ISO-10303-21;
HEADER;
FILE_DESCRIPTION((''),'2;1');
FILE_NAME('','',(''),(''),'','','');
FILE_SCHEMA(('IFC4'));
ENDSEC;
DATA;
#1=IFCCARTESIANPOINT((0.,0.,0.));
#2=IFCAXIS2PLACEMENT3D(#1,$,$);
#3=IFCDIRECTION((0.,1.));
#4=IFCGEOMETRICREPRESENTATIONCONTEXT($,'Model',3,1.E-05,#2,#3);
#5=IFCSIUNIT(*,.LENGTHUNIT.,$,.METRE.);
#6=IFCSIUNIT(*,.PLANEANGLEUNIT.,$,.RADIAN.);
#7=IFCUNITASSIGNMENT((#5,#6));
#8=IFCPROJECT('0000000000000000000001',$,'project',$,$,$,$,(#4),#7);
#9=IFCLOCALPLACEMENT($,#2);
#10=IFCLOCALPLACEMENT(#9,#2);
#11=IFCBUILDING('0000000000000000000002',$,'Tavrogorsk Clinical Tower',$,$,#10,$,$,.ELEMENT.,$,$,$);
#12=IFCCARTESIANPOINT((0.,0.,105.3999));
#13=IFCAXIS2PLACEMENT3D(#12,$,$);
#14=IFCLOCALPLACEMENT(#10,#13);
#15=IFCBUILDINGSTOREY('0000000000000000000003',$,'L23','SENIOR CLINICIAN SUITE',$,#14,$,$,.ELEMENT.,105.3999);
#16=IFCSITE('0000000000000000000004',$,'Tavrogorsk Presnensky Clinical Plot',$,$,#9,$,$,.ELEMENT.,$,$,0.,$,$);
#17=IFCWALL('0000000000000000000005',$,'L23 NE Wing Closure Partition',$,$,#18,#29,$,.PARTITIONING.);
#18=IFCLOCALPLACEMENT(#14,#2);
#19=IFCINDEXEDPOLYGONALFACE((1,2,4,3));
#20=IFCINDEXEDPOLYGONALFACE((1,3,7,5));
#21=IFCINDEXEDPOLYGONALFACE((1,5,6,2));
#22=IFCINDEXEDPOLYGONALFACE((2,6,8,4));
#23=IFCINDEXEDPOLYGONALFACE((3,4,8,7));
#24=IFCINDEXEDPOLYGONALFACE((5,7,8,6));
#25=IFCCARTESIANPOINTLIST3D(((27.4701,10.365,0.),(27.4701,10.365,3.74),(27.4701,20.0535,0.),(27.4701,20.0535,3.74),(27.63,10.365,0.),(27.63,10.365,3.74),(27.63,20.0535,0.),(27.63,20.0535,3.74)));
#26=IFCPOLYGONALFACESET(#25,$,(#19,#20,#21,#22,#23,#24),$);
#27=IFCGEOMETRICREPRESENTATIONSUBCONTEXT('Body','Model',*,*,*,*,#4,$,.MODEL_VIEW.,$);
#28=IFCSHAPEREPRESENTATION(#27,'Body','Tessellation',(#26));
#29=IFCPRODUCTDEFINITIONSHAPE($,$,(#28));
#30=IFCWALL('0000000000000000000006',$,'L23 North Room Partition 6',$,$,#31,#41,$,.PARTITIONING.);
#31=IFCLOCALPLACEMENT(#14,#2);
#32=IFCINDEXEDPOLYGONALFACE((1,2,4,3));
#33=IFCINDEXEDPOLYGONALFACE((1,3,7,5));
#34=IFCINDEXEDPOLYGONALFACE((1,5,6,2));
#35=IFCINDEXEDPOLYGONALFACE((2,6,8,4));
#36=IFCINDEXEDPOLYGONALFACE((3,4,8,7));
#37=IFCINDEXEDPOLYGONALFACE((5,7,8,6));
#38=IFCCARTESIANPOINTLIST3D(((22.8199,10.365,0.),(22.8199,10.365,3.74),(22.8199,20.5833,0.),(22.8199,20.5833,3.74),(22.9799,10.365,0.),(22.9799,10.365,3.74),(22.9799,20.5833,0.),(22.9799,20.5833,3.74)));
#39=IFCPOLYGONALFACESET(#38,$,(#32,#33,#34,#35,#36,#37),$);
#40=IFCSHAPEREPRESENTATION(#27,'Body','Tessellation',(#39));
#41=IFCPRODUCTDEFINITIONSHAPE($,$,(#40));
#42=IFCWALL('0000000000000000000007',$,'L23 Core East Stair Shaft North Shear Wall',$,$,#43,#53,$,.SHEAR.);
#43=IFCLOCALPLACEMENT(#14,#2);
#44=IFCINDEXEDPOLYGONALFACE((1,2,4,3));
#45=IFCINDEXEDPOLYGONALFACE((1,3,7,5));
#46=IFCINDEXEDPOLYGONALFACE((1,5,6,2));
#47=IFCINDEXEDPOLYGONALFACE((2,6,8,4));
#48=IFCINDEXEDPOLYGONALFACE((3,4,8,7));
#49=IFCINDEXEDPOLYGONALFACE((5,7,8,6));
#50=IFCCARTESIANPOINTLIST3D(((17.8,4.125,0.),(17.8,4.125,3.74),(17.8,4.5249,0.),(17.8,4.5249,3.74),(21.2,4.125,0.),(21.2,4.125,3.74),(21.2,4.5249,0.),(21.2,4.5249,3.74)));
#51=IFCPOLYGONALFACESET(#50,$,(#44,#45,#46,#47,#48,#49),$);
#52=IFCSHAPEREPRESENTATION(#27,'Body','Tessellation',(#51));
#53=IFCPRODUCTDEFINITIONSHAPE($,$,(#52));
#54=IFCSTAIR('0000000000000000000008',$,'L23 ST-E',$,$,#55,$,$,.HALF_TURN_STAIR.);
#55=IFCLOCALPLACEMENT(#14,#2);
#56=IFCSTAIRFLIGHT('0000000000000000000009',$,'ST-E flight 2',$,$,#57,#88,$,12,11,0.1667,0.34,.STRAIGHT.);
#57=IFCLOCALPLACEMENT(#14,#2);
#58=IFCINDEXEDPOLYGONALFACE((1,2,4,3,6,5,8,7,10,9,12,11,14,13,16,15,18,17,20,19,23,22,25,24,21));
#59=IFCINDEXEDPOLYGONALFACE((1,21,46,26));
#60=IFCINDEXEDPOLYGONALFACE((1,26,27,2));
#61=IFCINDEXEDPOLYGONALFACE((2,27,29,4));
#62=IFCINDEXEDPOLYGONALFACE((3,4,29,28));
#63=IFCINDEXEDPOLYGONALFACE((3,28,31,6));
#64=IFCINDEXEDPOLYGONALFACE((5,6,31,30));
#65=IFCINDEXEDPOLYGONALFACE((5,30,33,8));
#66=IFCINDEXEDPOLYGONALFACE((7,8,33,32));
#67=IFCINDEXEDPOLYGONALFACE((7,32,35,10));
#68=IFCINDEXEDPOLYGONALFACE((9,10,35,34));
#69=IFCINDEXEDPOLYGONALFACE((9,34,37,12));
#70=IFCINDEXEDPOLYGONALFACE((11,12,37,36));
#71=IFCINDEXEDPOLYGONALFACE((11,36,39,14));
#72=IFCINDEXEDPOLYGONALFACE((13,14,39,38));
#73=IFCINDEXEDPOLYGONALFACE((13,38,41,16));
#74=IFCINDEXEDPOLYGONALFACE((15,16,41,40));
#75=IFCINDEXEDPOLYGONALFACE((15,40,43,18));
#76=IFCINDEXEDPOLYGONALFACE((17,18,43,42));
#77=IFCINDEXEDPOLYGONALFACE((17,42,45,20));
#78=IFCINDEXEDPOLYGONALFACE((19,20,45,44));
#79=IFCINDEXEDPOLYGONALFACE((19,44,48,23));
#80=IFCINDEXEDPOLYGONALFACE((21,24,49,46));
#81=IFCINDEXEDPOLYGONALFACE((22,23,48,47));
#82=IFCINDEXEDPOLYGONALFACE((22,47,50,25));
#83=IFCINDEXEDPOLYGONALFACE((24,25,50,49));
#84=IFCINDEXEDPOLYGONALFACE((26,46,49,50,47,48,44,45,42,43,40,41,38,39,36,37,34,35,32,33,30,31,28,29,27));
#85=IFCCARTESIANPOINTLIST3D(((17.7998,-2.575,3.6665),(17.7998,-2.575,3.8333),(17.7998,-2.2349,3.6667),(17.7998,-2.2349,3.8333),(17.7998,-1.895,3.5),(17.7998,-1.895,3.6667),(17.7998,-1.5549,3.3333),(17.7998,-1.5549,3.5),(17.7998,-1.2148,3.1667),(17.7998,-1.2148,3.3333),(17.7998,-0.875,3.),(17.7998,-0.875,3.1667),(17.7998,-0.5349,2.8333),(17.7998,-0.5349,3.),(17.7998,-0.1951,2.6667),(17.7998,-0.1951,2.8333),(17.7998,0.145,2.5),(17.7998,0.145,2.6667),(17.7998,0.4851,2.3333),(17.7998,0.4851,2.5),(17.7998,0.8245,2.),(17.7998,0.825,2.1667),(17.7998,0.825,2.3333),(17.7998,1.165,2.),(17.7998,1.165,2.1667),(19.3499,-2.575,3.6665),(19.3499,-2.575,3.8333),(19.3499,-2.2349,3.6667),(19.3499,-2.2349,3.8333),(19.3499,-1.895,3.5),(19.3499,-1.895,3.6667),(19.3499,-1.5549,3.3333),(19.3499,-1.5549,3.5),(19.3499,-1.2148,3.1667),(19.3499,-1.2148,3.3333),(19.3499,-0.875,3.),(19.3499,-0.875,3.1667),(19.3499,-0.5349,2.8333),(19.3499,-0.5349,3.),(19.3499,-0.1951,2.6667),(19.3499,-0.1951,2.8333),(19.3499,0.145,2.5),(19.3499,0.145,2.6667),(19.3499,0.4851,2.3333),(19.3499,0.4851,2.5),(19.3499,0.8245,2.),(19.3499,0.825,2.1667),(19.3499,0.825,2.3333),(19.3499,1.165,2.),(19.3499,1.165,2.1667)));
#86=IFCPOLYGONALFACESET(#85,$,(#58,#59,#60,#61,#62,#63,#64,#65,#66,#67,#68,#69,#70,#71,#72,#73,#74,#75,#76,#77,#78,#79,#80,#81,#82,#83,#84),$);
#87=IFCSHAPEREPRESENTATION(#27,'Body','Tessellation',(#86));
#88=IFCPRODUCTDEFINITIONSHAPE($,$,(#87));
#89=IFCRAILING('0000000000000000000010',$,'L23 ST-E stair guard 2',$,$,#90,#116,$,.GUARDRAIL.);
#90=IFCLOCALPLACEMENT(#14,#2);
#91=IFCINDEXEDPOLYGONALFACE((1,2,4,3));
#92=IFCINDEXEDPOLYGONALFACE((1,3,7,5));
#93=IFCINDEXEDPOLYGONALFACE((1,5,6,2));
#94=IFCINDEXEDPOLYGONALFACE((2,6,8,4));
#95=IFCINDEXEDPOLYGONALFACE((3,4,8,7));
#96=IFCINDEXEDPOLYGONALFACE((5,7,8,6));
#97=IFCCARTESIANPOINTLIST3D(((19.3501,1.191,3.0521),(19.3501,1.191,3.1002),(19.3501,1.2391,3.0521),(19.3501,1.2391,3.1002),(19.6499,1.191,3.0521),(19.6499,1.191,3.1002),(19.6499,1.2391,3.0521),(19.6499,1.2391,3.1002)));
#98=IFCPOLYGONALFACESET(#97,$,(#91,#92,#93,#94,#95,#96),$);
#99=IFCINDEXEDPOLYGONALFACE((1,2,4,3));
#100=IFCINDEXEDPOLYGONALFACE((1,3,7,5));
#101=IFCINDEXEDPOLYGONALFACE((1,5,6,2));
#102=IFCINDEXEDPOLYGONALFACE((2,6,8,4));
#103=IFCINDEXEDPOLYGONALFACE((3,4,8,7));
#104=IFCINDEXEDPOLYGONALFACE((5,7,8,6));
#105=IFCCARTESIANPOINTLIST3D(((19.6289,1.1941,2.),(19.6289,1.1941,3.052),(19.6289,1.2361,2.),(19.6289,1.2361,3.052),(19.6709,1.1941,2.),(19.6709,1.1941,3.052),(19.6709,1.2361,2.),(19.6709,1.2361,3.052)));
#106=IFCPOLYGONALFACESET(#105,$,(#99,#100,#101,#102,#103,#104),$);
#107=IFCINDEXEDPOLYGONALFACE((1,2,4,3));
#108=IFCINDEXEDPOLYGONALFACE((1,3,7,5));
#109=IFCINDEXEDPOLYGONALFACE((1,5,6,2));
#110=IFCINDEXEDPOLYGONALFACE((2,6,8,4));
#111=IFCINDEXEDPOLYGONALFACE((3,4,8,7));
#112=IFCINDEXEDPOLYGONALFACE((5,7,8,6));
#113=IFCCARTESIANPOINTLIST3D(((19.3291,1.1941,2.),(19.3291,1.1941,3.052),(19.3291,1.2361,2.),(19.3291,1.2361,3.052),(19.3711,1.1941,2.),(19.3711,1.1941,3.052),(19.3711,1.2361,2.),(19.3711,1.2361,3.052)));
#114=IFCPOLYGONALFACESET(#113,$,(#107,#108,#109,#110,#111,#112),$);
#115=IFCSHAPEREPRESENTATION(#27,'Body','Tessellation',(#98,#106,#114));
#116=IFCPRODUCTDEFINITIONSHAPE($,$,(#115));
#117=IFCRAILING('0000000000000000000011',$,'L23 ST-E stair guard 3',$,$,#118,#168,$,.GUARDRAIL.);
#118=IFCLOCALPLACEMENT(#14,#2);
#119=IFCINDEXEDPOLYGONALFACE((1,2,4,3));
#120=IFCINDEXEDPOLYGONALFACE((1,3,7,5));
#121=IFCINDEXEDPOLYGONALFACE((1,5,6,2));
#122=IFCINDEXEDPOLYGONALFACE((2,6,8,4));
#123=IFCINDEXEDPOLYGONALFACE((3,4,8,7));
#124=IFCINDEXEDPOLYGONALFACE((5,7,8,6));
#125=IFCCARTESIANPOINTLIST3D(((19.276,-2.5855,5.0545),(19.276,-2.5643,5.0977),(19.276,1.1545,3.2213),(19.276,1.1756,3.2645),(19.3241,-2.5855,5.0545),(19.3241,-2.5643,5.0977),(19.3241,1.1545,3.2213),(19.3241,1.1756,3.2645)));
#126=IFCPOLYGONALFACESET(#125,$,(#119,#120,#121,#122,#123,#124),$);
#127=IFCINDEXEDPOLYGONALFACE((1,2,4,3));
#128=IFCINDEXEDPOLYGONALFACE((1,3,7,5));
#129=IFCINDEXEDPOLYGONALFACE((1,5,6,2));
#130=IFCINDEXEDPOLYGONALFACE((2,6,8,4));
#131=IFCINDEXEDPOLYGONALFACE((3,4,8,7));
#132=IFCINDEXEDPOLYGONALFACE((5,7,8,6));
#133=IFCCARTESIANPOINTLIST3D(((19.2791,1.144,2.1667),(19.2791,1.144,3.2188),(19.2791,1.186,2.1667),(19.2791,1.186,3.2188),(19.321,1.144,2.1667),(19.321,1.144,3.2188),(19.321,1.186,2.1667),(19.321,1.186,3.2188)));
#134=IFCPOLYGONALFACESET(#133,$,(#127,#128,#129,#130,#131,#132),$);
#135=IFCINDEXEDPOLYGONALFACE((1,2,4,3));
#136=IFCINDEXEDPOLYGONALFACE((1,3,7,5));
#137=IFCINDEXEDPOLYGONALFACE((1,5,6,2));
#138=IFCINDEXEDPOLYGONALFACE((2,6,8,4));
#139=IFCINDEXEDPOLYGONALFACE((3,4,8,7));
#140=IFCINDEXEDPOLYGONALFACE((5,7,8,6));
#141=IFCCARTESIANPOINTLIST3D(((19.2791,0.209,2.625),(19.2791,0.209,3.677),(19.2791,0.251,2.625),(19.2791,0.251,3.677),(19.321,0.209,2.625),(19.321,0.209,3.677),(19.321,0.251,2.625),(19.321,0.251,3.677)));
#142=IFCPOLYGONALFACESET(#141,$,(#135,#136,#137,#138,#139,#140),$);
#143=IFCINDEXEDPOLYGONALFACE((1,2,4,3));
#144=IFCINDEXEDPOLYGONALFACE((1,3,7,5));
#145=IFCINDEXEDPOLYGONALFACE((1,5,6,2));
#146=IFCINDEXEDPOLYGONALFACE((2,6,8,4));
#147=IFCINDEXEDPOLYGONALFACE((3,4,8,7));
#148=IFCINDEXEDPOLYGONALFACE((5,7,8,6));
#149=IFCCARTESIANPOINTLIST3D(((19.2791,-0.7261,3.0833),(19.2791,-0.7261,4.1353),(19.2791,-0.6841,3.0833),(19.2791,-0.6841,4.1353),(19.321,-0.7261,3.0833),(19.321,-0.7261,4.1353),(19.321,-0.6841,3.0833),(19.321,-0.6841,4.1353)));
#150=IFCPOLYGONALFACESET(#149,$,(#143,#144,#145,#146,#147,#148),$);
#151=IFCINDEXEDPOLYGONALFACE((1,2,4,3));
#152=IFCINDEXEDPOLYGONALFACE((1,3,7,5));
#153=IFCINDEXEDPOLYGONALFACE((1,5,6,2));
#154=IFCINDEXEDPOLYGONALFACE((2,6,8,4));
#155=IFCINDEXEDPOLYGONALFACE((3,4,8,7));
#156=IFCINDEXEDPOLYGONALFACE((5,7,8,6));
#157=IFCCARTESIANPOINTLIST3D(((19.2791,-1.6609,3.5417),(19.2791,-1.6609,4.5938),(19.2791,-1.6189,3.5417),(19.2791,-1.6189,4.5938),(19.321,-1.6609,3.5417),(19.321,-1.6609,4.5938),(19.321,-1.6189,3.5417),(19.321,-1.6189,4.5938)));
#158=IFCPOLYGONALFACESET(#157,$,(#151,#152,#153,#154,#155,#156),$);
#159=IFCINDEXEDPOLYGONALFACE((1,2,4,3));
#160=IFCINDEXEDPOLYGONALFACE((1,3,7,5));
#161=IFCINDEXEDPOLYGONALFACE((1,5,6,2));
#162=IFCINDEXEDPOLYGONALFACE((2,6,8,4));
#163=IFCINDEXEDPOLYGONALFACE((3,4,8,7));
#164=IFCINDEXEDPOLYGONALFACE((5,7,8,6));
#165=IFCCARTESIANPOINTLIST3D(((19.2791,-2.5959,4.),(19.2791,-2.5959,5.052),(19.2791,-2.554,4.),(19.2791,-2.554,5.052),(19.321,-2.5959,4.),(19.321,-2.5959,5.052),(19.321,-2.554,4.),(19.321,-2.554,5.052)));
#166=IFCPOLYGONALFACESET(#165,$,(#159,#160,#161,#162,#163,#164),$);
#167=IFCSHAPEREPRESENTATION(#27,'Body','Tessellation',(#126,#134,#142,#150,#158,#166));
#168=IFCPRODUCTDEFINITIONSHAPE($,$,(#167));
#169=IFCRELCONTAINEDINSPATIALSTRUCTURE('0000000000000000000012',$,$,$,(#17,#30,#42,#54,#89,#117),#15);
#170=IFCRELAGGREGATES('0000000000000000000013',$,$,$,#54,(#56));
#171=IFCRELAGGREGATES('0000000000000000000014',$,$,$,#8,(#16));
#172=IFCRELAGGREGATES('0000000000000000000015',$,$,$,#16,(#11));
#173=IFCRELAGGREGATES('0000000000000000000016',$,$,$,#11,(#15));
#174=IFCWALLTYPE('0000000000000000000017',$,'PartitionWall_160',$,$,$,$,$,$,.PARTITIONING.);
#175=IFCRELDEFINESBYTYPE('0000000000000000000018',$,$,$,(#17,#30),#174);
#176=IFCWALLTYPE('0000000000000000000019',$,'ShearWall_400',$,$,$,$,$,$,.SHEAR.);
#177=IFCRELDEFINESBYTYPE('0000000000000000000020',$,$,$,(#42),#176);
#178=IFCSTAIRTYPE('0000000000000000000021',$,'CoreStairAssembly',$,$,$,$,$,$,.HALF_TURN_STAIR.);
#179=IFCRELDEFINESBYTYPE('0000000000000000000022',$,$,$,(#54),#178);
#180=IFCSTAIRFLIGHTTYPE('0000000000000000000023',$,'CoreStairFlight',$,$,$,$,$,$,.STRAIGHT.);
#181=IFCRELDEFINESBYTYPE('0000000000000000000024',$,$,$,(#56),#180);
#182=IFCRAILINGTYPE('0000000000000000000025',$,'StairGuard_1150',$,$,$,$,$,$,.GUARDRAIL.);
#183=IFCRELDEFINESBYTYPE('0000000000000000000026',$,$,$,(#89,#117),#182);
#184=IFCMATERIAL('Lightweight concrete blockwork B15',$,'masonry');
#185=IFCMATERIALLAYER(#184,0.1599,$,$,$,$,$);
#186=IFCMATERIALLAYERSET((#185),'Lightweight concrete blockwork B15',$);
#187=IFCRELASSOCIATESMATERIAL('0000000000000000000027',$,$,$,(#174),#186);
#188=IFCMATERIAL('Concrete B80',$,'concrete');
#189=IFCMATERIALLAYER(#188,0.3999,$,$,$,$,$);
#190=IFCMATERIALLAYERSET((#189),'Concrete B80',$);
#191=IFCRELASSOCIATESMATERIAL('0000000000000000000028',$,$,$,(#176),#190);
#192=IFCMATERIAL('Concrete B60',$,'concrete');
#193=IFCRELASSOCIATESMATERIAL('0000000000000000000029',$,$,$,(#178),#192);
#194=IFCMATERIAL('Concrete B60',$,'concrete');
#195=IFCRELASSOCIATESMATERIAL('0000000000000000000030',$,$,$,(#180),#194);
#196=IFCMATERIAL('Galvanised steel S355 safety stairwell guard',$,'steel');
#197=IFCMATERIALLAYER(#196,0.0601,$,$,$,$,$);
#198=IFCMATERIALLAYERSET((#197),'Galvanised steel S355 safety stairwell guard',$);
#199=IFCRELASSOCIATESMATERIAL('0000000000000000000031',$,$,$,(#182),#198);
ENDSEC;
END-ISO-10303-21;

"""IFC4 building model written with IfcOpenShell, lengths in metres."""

from ifc_helpers import new_model, si_unit, direction, frame, frame_2d, origin, origin_2d, place, context, subcontext, project, spatial, polyline, rectangle, outline, extrude, material, layer, layer_set, type_object, element, aggregate, save


model = new_model("IFC4")

# Units and contexts
model_context = context("Model", 3, precision=1e-05, world=origin(), true_north=direction((0.0, 1.0)))
body_context = subcontext(model_context, "Body", "Model", "MODEL_VIEW")
ifc_project = project(units=[si_unit("LENGTHUNIT", "METRE"), si_unit("PLANEANGLEUNIT", "RADIAN")], contexts=[model_context])

# Site, building, storey
site_placement = place(None, origin())
site = spatial("IfcSite", under=ifc_project, at=site_placement, Name="Tavrogorsk Presnensky Clinical Plot", CompositionType="ELEMENT", RefElevation=0.0)
building_placement = place(site_placement, origin())
building = spatial("IfcBuilding", under=site, at=building_placement, Name="Tavrogorsk Clinical Tower", CompositionType="ELEMENT")
storey_placement = place(building_placement, frame((0.0, 0.0, 105.3999)))
storey = spatial("IfcBuildingStorey", under=building, at=storey_placement, Name="L23", Description="SENIOR CLINICIAN SUITE", CompositionType="ELEMENT", Elevation=105.3999)

# Shared definitions
ifc_material_1 = material(Name="Lightweight concrete blockwork B15", Category="masonry")
ifc_layer_1 = layer(ifc_material_1, 0.1599)
ifc_layer_set_1 = layer_set([ifc_layer_1], Name="Lightweight concrete blockwork B15")
wall_type_1 = type_object("IfcWallType", Name="PartitionWall_160", PredefinedType="PARTITIONING", material=ifc_layer_set_1)

# Walls
wall_1_placement = place(storey_placement, frame((27.55, 10.365, 0.0), z_axis=(0.0, 0.0, 1.0), x_axis=(0.0, 1.0, 0.0)))
element("IfcWall", 1, at=wall_1_placement, inside=storey, type_object=wall_type_1, Name="L23 NE Wing Closure Partition", PredefinedType="PARTITIONING", context=body_context, shape_type="SweptSolid", body=[
    extrude(rectangle(XDim=9.6885, YDim=0.1599, at=frame_2d((4.8442, 0.0))), origin(), (0.0, 0.0, 1.0), 3.74),
])
wall_2_placement = place(storey_placement, frame((22.8999, 10.365, 0.0), z_axis=(0.0, 0.0, 1.0), x_axis=(0.0, 1.0, 0.0)))
element("IfcWall", 2, at=wall_2_placement, inside=storey, type_object=wall_type_1, Name="L23 North Room Partition 6", PredefinedType="PARTITIONING", context=body_context, shape_type="SweptSolid", body=[
    extrude(rectangle(XDim=10.2183, YDim=0.1599, at=frame_2d((5.1091, 0.0))), origin(), (0.0, 0.0, 1.0), 3.74),
])
ifc_material_2 = material(Name="Concrete B80", Category="concrete")
ifc_layer_2 = layer(ifc_material_2, 0.3999)
ifc_layer_set_2 = layer_set([ifc_layer_2], Name="Concrete B80")
wall_type_2 = type_object("IfcWallType", Name="ShearWall_400", PredefinedType="SHEAR", material=ifc_layer_set_2)
wall_3_placement = place(storey_placement, frame((17.8, 4.325, 0.0), z_axis=(0.0, 0.0, 1.0), x_axis=(1.0, 0.0, 0.0)))
element("IfcWall", 3, at=wall_3_placement, inside=storey, type_object=wall_type_2, Name="L23 Core East Stair Shaft North Shear Wall", PredefinedType="SHEAR", context=body_context, shape_type="SweptSolid", body=[
    extrude(rectangle(XDim=3.3999, YDim=0.3999, at=frame_2d((1.7, 0.0))), origin(), (0.0, 0.0, 1.0), 3.74),
])

# Stair, stair flight
ifc_material_3 = material(Name="Concrete B60", Category="concrete")
stair_type = type_object("IfcStairType", Name="CoreStairAssembly", PredefinedType="HALF_TURN_STAIR", material=ifc_material_3)
stair_placement = place(storey_placement, origin())
stair = element("IfcStair", 4, at=stair_placement, inside=storey, type_object=stair_type, Name="L23 ST-E", PredefinedType="HALF_TURN_STAIR")
ifc_material_4 = material(Name="Concrete B60", Category="concrete")
stair_flight_type = type_object("IfcStairFlightType", Name="CoreStairFlight", PredefinedType="STRAIGHT", material=ifc_material_4)
stair_flight_placement = place(storey_placement, frame((18.575, 1.165, 2.0), z_axis=(0.0, 0.0, 1.0), x_axis=(0.0, -1.0, 0.0)))
stair_flight = element("IfcStairFlight", 5, at=stair_flight_placement, type_object=stair_flight_type, Name="ST-E flight 2", NumberOfRisers=12, NumberOfTreads=11, PredefinedType="STRAIGHT", RiserHeight=0.1667, TreadLength=0.34, context=body_context, shape_type="SweptSolid", body=[
    extrude(outline(polyline([(0.0, 0.0), (0.0, 0.1667), (0.3401, 0.1667), (0.3401, 0.3333), (0.6799, 0.3333), (0.6799, 0.5), (1.02, 0.5), (1.02, 0.6667), (1.3601, 0.6667), (1.3601, 0.8333), (1.7, 0.8333), (1.7, 1.0), (2.04, 1.0), (2.04, 1.1667), (2.3799, 1.1667), (2.3799, 1.3333), (2.72, 1.3333), (2.72, 1.5), (3.0601, 1.5), (3.0601, 1.6667), (3.3999, 1.6667), (3.3999, 1.8333), (3.74, 1.8333), (3.74, 2.0), (3.74, 1.6665), (0.3406, 0.0), (0.0, 0.0)])), frame((0.0, 0.7749, 0.0), z_axis=(0.0, -1.0, 0.0), x_axis=(1.0, 0.0, 0.0)), (0.0, 0.0, 1.0), 1.55),
])
aggregate(stair, [stair_flight])

# Railings
ifc_material_5 = material(Name="Galvanised steel S355 safety stairwell guard", Category="steel")
ifc_layer_3 = layer(ifc_material_5, 0.0601)
ifc_layer_set_3 = layer_set([ifc_layer_3], Name="Galvanised steel S355 safety stairwell guard")
railing_type_1 = type_object("IfcRailingType", Name="StairGuard_1150", PredefinedType="GUARDRAIL", material=ifc_layer_set_3)
railing_1_placement = place(storey_placement, frame((19.6499, 1.2151, 2.0)))
element("IfcRailing", 6, at=railing_1_placement, inside=storey, type_object=railing_type_1, Name="L23 ST-E stair guard 2", PredefinedType="GUARDRAIL", context=body_context, shape_type="SweptSolid", body=[
    extrude(rectangle(XDim=0.0481, YDim=0.0481, at=origin_2d()), frame((0.0, 0.0, 1.0762), z_axis=(-1.0, 0.0, 0.0), x_axis=(0.0, -1.0, 0.0)), (0.0, 0.0, 1.0), 0.2998),
    extrude(rectangle(XDim=0.042, YDim=0.042, at=origin_2d()), origin(), (0.0, 0.0, 1.0), 1.052),
    extrude(rectangle(XDim=0.042, YDim=0.042, at=origin_2d()), frame((-0.2998, 0.0, 0.0)), (0.0, 0.0, 1.0), 1.052),
])
railing_2_placement = place(storey_placement, frame((19.3, 1.165, 2.1667)))
element("IfcRailing", 7, at=railing_2_placement, inside=storey, type_object=railing_type_1, Name="L23 ST-E stair guard 3", PredefinedType="GUARDRAIL", context=body_context, shape_type="SweptSolid", body=[
    extrude(rectangle(XDim=0.0481, YDim=0.0481, at=origin_2d()), frame((0.0, 0.0, 1.0762), z_axis=(0.0, -0.897928, 0.440142), x_axis=(1.0, 0.0, 0.0)), (0.0, 0.0, 1.0), 4.165),
    extrude(rectangle(XDim=0.042, YDim=0.042, at=origin_2d()), origin(), (0.0, 0.0, 1.0), 1.052),
    extrude(rectangle(XDim=0.042, YDim=0.042, at=origin_2d()), frame((0.0, -0.9351, 0.4583)), (0.0, 0.0, 1.0), 1.052),
    extrude(rectangle(XDim=0.042, YDim=0.042, at=origin_2d()), frame((0.0, -1.8701, 0.9165)), (0.0, 0.0, 1.0), 1.052),
    extrude(rectangle(XDim=0.042, YDim=0.042, at=origin_2d()), frame((0.0, -2.8049, 1.375)), (0.0, 0.0, 1.0), 1.052),
    extrude(rectangle(XDim=0.042, YDim=0.042, at=origin_2d()), frame((0.0, -3.74, 1.8333)), (0.0, 0.0, 1.0), 1.052),
])

save(model, "model.ifc")
